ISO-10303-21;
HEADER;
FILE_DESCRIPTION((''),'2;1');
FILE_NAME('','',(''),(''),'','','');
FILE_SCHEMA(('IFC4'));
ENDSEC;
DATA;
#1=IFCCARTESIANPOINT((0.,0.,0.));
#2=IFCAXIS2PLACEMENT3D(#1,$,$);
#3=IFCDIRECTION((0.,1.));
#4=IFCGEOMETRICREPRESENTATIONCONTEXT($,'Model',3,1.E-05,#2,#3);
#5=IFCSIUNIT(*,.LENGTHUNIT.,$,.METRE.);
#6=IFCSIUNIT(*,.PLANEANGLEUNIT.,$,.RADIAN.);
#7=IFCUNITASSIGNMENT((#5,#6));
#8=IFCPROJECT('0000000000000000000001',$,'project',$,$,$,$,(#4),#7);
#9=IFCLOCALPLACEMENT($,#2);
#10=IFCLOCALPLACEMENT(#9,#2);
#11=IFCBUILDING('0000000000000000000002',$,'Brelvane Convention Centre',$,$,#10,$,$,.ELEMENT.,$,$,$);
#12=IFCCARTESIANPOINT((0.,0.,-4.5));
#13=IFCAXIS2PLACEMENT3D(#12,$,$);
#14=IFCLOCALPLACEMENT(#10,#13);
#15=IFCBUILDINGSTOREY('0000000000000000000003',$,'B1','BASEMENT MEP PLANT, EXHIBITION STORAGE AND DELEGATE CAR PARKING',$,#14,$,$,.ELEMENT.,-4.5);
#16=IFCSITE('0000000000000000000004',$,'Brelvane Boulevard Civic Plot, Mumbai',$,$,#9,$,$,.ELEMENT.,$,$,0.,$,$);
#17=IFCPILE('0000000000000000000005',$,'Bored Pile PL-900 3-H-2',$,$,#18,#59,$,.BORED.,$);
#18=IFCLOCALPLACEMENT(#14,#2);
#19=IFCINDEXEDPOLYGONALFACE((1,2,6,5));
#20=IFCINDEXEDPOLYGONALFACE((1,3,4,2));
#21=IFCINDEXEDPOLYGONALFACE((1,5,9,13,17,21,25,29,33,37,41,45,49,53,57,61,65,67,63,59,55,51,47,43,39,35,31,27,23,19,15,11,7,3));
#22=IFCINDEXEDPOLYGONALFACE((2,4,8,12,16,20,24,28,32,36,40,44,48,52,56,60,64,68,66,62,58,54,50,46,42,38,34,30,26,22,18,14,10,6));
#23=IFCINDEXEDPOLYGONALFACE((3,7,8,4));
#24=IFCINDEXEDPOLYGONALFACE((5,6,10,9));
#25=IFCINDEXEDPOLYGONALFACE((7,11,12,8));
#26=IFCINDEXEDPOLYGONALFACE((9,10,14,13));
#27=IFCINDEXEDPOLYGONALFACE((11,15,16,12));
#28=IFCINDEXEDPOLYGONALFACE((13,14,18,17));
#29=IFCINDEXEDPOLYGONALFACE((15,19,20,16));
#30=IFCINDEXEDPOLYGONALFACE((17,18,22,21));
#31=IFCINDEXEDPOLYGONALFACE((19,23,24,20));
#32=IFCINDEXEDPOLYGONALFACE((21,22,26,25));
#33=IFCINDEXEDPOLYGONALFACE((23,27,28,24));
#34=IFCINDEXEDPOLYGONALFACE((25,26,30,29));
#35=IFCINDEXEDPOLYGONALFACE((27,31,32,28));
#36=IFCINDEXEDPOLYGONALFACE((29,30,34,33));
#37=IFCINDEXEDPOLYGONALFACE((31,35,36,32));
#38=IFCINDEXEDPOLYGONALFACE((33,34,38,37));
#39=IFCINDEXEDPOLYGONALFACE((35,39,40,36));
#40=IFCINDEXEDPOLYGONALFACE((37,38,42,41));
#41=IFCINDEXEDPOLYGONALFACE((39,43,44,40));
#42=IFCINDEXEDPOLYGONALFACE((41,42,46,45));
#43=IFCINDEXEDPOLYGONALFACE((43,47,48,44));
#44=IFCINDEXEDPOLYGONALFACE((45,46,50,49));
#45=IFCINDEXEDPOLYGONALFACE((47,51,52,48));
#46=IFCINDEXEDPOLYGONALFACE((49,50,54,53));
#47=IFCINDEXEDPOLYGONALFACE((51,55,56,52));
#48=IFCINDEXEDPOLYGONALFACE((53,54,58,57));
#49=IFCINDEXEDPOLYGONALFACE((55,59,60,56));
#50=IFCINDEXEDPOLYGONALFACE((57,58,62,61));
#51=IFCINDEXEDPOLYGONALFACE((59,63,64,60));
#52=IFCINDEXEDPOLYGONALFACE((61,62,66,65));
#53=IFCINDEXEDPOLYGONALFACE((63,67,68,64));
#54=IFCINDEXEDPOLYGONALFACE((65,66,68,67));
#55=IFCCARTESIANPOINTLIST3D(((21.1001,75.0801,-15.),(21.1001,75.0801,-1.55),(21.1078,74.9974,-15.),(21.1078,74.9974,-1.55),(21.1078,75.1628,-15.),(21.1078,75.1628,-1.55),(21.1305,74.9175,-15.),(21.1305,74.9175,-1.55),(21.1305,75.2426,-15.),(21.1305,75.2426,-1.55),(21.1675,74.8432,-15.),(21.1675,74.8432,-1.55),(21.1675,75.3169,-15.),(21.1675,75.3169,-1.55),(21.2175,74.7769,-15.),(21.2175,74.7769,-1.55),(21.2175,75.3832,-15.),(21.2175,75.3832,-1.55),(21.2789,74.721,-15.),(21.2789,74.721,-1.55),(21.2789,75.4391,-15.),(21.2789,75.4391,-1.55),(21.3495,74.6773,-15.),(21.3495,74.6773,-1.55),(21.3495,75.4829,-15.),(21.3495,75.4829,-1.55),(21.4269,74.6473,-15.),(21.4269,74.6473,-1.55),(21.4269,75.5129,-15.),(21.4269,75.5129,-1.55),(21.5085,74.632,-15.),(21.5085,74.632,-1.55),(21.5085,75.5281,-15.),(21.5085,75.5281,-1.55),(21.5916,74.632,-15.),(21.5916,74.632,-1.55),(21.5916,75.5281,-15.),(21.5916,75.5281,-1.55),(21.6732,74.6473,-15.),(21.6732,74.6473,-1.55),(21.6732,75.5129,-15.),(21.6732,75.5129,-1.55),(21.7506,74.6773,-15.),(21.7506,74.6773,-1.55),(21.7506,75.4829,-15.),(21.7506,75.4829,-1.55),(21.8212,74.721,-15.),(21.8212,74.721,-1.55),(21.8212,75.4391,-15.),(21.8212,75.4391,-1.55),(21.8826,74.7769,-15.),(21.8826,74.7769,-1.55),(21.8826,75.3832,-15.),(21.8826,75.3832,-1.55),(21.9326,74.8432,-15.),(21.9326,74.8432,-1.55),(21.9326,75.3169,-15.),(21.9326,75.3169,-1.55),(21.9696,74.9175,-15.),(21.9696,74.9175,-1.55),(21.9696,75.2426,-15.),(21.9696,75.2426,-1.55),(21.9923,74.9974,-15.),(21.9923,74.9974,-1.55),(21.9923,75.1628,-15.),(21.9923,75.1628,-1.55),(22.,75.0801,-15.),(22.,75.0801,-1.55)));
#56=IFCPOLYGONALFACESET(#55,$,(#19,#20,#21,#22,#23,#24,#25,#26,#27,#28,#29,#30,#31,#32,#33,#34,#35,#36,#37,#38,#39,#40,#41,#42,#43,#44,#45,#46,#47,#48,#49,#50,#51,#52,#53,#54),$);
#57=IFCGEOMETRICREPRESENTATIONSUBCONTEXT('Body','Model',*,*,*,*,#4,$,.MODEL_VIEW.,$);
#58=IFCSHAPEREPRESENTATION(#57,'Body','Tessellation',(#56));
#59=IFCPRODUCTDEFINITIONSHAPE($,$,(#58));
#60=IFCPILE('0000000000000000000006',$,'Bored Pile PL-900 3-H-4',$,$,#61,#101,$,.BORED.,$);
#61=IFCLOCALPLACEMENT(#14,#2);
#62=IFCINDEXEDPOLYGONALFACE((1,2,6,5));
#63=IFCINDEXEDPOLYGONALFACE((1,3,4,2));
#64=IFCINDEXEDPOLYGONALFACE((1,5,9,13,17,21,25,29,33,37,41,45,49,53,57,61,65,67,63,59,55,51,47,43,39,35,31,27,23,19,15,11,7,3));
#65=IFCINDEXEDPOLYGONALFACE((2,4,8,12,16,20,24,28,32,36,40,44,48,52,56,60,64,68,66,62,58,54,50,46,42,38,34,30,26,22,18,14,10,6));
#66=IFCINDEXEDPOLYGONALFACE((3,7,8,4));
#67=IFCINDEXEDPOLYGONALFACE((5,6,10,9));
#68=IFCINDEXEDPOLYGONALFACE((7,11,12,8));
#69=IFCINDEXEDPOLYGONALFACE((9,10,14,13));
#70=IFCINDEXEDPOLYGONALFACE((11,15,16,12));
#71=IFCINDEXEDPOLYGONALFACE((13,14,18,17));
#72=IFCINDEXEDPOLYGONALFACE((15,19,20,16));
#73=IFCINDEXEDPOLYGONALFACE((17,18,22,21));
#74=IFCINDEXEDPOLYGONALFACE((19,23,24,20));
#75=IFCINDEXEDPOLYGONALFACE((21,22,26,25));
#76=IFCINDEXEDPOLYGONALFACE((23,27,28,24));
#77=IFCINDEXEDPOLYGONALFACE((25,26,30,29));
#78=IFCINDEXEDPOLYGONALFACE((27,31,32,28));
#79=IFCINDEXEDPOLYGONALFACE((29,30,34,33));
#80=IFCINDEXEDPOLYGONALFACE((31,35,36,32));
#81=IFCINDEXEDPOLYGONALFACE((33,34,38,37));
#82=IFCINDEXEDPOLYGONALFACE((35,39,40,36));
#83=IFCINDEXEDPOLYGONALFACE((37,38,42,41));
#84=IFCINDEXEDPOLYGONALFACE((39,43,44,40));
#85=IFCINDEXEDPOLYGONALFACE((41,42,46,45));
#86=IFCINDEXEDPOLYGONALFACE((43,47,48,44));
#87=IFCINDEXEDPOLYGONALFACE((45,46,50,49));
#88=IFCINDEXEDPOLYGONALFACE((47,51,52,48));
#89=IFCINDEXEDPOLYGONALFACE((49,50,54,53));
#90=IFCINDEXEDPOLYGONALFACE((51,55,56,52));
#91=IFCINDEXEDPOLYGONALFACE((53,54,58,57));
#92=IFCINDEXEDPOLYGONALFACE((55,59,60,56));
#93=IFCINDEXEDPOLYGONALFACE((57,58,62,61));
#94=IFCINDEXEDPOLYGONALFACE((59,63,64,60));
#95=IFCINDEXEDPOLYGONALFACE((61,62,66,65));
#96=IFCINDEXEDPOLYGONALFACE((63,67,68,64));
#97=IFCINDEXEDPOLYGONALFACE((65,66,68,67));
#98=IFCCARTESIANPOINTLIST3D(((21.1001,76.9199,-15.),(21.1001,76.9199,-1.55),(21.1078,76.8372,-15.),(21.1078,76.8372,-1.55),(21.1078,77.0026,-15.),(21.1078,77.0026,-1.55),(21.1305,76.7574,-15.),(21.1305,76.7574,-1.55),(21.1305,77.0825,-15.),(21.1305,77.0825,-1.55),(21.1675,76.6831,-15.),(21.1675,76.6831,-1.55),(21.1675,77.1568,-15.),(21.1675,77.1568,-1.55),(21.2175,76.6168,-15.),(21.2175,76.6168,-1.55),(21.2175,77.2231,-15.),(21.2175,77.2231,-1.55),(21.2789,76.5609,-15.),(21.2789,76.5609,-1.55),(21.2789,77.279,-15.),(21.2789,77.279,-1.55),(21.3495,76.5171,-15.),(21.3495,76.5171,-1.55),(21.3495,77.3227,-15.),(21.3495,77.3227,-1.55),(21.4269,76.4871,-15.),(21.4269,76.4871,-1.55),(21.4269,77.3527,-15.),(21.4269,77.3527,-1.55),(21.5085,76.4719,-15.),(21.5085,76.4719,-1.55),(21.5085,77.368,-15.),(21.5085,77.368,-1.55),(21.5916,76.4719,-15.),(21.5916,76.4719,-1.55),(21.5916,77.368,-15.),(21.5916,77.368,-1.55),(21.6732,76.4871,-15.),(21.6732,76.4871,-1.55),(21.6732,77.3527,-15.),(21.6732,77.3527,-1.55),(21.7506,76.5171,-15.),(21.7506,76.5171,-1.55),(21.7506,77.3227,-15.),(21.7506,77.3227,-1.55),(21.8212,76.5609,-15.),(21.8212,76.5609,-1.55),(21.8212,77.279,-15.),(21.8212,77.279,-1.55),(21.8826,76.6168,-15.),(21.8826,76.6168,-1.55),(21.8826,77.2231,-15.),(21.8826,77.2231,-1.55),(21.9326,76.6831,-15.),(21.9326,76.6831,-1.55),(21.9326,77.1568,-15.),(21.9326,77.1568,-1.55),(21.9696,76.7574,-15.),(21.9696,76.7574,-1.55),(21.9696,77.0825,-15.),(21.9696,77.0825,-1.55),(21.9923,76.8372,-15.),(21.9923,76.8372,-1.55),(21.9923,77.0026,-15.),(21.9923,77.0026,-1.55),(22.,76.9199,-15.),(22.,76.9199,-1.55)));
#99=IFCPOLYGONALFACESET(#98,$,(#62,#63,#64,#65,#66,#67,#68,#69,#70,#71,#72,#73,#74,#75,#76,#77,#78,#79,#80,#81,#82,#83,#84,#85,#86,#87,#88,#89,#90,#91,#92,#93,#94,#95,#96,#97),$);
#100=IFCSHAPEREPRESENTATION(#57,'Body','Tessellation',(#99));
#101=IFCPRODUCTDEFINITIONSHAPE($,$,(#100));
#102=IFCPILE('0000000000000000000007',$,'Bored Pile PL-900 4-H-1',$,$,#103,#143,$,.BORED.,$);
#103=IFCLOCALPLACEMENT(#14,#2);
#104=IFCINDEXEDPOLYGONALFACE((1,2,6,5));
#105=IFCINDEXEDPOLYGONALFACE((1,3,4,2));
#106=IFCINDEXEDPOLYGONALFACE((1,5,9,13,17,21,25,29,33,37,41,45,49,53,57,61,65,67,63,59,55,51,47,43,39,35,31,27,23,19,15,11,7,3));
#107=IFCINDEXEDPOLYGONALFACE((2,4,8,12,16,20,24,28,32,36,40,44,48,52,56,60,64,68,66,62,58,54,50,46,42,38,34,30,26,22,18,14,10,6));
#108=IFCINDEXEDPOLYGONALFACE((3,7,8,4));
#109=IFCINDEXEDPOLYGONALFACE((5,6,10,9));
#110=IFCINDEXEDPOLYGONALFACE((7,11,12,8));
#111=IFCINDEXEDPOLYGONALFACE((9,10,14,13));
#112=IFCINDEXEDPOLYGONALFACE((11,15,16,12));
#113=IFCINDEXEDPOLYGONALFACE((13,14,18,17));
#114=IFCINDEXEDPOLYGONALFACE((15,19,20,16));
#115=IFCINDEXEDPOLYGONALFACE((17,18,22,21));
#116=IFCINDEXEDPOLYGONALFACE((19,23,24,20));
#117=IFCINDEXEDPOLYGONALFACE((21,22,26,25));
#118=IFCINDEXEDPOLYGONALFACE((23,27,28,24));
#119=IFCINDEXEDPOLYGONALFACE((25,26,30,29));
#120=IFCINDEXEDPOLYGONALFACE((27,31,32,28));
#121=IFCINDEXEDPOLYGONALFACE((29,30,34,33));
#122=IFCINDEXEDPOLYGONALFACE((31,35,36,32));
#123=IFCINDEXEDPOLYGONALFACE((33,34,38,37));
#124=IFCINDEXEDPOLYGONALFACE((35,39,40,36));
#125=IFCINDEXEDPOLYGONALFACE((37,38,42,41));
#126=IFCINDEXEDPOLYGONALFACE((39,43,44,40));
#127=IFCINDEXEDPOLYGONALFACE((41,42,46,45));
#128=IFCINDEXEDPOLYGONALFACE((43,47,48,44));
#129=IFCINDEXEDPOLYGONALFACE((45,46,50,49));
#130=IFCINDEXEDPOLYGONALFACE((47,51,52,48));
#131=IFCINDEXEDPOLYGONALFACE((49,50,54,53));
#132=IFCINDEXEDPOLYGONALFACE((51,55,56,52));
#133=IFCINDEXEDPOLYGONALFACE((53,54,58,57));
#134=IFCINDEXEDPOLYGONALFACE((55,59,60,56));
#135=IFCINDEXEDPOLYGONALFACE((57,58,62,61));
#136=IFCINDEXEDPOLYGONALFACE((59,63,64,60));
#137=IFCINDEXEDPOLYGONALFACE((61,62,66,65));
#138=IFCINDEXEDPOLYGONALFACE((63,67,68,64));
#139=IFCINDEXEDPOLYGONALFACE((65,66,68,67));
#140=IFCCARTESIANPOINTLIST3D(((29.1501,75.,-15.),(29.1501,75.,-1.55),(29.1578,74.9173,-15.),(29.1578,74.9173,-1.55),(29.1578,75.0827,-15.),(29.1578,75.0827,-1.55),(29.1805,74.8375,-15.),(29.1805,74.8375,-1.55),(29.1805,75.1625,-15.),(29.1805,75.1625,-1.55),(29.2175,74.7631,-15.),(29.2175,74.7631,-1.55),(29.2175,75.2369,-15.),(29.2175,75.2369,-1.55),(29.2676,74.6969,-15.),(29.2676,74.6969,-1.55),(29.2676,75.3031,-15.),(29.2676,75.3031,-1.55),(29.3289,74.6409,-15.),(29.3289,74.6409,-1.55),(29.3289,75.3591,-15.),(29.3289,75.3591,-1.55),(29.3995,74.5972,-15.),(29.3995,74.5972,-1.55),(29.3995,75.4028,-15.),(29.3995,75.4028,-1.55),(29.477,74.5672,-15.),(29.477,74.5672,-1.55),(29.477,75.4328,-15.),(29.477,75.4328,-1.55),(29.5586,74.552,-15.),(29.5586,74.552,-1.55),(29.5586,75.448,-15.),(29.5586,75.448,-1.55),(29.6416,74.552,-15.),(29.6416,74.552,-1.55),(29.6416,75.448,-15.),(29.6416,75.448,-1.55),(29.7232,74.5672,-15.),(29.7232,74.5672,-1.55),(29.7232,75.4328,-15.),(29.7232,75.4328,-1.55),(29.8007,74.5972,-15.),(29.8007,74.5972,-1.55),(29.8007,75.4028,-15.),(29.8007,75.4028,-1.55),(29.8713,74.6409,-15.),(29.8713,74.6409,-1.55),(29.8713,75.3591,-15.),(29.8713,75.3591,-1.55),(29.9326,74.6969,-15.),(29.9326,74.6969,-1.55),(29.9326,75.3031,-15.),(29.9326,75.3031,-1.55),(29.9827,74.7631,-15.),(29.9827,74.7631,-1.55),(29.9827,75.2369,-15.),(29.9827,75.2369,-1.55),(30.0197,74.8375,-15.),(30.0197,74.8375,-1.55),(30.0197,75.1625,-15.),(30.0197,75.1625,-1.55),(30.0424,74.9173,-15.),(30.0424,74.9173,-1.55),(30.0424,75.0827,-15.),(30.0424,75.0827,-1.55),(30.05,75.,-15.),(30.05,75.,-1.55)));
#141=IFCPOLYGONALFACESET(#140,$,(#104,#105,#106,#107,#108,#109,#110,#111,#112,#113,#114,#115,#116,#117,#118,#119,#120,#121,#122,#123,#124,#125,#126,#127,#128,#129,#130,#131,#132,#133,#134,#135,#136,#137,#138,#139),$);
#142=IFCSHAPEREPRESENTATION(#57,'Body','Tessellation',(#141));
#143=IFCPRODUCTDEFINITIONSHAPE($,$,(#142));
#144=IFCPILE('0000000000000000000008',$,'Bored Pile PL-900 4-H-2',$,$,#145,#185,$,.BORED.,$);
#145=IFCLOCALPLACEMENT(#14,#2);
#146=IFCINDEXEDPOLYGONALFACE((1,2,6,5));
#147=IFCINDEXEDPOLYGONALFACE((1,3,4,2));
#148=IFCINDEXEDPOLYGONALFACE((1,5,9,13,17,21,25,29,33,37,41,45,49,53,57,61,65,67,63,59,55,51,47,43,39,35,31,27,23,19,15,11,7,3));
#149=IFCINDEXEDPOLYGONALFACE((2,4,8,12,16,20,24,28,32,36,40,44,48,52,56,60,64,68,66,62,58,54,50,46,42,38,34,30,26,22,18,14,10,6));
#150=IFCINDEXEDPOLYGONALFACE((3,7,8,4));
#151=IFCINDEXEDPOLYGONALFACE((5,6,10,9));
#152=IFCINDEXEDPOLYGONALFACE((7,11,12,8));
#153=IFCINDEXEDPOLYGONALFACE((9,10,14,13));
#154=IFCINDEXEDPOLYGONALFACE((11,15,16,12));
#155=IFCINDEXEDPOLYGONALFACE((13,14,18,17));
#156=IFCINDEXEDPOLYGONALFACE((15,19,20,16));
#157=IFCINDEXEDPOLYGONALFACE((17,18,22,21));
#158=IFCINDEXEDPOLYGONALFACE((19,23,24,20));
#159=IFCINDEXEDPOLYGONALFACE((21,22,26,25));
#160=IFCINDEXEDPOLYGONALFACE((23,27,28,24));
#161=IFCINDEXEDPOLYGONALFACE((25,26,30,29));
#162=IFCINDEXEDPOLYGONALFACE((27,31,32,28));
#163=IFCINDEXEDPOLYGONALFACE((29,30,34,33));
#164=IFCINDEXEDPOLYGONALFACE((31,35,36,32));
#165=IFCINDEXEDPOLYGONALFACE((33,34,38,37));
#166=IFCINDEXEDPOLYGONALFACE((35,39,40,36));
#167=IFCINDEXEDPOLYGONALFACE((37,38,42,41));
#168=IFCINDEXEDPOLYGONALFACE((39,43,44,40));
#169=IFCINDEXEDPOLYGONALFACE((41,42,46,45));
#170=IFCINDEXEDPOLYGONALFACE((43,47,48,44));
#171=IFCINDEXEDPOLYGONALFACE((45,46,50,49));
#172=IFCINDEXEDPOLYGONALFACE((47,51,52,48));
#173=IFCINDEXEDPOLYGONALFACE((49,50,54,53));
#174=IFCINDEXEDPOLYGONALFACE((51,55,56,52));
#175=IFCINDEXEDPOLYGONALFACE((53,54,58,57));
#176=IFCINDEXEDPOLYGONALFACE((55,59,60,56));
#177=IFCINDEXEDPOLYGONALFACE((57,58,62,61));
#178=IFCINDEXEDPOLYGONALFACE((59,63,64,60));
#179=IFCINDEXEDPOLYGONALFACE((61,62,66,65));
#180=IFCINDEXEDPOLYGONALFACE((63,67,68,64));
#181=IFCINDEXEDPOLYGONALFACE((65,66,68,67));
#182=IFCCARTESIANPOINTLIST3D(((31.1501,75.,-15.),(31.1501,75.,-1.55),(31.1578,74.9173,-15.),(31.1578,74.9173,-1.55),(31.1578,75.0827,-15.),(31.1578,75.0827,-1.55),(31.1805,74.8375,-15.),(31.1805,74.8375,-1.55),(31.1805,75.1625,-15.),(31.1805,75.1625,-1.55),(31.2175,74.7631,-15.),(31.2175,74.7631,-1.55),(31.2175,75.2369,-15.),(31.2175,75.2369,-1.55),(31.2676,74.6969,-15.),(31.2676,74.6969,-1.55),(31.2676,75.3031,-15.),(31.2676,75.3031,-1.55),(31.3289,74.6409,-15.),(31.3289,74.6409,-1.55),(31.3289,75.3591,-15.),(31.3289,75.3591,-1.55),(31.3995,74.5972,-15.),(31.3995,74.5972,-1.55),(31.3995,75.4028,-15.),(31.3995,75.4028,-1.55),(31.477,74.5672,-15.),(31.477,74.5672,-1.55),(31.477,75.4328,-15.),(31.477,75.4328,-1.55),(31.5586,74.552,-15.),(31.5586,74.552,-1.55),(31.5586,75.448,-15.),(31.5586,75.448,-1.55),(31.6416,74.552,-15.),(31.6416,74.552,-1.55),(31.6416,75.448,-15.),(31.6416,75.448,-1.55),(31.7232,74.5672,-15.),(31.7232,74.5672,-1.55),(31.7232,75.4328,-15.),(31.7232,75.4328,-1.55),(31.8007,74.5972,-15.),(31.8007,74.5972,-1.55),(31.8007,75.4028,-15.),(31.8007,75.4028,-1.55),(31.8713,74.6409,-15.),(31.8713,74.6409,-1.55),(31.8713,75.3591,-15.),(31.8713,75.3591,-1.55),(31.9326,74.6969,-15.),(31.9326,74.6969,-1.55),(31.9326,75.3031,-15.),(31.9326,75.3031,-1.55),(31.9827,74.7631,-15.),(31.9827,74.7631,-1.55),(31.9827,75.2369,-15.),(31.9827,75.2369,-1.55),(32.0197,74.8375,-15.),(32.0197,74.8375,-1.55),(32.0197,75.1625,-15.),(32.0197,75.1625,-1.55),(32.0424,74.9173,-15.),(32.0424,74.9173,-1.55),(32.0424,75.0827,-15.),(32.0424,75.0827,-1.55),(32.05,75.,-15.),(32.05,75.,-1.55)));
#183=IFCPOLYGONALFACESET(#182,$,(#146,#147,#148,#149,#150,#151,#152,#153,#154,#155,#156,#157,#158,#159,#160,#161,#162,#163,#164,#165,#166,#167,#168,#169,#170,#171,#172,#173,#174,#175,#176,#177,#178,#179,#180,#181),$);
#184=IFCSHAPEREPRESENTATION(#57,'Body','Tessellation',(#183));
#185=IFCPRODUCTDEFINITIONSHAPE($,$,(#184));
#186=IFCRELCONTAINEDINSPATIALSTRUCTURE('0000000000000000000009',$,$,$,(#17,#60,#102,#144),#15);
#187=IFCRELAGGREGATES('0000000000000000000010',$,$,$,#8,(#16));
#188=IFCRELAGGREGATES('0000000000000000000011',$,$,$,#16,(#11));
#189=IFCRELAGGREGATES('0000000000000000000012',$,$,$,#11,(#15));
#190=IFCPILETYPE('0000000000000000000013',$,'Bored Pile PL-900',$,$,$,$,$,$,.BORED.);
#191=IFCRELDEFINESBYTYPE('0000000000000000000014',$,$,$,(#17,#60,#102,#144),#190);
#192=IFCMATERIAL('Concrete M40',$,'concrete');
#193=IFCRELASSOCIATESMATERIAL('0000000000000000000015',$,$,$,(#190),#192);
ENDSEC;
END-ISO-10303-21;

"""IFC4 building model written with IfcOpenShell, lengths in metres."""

from ifc_helpers import new_model, si_unit, direction, frame, origin, origin_2d, place, context, subcontext, project, spatial, circle, extrude, material, material_profile, profile_set, type_object, element, save


model = new_model("IFC4")

# Units and contexts
model_context = context("Model", 3, precision=1e-05, world=origin(), true_north=direction((0.0, 1.0)))
body_context = subcontext(model_context, "Body", "Model", "MODEL_VIEW")
ifc_project = project(units=[si_unit("LENGTHUNIT", "METRE"), si_unit("PLANEANGLEUNIT", "RADIAN")], contexts=[model_context])

# Site, building, storey
site_placement = place(None, origin())
site = spatial("IfcSite", under=ifc_project, at=site_placement, Name="Brelvane Boulevard Civic Plot, Mumbai", CompositionType="ELEMENT", RefElevation=0.0)
building_placement = place(site_placement, origin())
building = spatial("IfcBuilding", under=site, at=building_placement, Name="Brelvane Convention Centre", CompositionType="ELEMENT")
storey_placement = place(building_placement, frame((0.0, 0.0, -4.5)))
storey = spatial("IfcBuildingStorey", under=building, at=storey_placement, Name="B1", Description="BASEMENT MEP PLANT, EXHIBITION STORAGE AND DELEGATE CAR PARKING", CompositionType="ELEMENT", Elevation=-4.5)

# Piles
ifc_material_1 = material(Name="Concrete M40", Category="concrete")
ifc_material_profile_1 = material_profile(ifc_material_1, circle(Radius=0.45, at=origin_2d()), Name="PILE D900")
ifc_profile_set_1 = profile_set([ifc_material_profile_1], Name="Concrete M40")
pile_type = type_object("IfcPileType", Name="Bored Pile PL-900", PredefinedType="BORED", material=ifc_profile_set_1)
for number, where, z_axis, x_axis, name in (
    (1, (21.55, 75.0801, -1.55), (0.0, 0.0, -1.0), (1.0, 0.0, 0.0), "Bored Pile PL-900 3-H-2"),
    (2, (21.55, 76.9199, -1.55), (0.0, 0.0, -1.0), (1.0, 0.0, 0.0), "Bored Pile PL-900 3-H-4"),
    (3, (29.6001, 75.0, -1.55), (0.0, 0.0, -1.0), (1.0, 0.0, 0.0), "Bored Pile PL-900 4-H-1"),
    (4, (31.6001, 75.0, -1.55), (0.0, 0.0, -1.0), (1.0, 0.0, 0.0), "Bored Pile PL-900 4-H-2"),
):
    element("IfcPile", number, at=place(storey_placement, frame(where, z_axis=z_axis, x_axis=x_axis)), inside=storey, type_object=pile_type, Name=name, PredefinedType="BORED", context=body_context, shape_type="SweptSolid", body=[
        extrude(circle(Radius=0.45, at=origin_2d()), origin(), (0.0, 0.0, 1.0), 13.45),
    ])

save(model, "model.ifc")
